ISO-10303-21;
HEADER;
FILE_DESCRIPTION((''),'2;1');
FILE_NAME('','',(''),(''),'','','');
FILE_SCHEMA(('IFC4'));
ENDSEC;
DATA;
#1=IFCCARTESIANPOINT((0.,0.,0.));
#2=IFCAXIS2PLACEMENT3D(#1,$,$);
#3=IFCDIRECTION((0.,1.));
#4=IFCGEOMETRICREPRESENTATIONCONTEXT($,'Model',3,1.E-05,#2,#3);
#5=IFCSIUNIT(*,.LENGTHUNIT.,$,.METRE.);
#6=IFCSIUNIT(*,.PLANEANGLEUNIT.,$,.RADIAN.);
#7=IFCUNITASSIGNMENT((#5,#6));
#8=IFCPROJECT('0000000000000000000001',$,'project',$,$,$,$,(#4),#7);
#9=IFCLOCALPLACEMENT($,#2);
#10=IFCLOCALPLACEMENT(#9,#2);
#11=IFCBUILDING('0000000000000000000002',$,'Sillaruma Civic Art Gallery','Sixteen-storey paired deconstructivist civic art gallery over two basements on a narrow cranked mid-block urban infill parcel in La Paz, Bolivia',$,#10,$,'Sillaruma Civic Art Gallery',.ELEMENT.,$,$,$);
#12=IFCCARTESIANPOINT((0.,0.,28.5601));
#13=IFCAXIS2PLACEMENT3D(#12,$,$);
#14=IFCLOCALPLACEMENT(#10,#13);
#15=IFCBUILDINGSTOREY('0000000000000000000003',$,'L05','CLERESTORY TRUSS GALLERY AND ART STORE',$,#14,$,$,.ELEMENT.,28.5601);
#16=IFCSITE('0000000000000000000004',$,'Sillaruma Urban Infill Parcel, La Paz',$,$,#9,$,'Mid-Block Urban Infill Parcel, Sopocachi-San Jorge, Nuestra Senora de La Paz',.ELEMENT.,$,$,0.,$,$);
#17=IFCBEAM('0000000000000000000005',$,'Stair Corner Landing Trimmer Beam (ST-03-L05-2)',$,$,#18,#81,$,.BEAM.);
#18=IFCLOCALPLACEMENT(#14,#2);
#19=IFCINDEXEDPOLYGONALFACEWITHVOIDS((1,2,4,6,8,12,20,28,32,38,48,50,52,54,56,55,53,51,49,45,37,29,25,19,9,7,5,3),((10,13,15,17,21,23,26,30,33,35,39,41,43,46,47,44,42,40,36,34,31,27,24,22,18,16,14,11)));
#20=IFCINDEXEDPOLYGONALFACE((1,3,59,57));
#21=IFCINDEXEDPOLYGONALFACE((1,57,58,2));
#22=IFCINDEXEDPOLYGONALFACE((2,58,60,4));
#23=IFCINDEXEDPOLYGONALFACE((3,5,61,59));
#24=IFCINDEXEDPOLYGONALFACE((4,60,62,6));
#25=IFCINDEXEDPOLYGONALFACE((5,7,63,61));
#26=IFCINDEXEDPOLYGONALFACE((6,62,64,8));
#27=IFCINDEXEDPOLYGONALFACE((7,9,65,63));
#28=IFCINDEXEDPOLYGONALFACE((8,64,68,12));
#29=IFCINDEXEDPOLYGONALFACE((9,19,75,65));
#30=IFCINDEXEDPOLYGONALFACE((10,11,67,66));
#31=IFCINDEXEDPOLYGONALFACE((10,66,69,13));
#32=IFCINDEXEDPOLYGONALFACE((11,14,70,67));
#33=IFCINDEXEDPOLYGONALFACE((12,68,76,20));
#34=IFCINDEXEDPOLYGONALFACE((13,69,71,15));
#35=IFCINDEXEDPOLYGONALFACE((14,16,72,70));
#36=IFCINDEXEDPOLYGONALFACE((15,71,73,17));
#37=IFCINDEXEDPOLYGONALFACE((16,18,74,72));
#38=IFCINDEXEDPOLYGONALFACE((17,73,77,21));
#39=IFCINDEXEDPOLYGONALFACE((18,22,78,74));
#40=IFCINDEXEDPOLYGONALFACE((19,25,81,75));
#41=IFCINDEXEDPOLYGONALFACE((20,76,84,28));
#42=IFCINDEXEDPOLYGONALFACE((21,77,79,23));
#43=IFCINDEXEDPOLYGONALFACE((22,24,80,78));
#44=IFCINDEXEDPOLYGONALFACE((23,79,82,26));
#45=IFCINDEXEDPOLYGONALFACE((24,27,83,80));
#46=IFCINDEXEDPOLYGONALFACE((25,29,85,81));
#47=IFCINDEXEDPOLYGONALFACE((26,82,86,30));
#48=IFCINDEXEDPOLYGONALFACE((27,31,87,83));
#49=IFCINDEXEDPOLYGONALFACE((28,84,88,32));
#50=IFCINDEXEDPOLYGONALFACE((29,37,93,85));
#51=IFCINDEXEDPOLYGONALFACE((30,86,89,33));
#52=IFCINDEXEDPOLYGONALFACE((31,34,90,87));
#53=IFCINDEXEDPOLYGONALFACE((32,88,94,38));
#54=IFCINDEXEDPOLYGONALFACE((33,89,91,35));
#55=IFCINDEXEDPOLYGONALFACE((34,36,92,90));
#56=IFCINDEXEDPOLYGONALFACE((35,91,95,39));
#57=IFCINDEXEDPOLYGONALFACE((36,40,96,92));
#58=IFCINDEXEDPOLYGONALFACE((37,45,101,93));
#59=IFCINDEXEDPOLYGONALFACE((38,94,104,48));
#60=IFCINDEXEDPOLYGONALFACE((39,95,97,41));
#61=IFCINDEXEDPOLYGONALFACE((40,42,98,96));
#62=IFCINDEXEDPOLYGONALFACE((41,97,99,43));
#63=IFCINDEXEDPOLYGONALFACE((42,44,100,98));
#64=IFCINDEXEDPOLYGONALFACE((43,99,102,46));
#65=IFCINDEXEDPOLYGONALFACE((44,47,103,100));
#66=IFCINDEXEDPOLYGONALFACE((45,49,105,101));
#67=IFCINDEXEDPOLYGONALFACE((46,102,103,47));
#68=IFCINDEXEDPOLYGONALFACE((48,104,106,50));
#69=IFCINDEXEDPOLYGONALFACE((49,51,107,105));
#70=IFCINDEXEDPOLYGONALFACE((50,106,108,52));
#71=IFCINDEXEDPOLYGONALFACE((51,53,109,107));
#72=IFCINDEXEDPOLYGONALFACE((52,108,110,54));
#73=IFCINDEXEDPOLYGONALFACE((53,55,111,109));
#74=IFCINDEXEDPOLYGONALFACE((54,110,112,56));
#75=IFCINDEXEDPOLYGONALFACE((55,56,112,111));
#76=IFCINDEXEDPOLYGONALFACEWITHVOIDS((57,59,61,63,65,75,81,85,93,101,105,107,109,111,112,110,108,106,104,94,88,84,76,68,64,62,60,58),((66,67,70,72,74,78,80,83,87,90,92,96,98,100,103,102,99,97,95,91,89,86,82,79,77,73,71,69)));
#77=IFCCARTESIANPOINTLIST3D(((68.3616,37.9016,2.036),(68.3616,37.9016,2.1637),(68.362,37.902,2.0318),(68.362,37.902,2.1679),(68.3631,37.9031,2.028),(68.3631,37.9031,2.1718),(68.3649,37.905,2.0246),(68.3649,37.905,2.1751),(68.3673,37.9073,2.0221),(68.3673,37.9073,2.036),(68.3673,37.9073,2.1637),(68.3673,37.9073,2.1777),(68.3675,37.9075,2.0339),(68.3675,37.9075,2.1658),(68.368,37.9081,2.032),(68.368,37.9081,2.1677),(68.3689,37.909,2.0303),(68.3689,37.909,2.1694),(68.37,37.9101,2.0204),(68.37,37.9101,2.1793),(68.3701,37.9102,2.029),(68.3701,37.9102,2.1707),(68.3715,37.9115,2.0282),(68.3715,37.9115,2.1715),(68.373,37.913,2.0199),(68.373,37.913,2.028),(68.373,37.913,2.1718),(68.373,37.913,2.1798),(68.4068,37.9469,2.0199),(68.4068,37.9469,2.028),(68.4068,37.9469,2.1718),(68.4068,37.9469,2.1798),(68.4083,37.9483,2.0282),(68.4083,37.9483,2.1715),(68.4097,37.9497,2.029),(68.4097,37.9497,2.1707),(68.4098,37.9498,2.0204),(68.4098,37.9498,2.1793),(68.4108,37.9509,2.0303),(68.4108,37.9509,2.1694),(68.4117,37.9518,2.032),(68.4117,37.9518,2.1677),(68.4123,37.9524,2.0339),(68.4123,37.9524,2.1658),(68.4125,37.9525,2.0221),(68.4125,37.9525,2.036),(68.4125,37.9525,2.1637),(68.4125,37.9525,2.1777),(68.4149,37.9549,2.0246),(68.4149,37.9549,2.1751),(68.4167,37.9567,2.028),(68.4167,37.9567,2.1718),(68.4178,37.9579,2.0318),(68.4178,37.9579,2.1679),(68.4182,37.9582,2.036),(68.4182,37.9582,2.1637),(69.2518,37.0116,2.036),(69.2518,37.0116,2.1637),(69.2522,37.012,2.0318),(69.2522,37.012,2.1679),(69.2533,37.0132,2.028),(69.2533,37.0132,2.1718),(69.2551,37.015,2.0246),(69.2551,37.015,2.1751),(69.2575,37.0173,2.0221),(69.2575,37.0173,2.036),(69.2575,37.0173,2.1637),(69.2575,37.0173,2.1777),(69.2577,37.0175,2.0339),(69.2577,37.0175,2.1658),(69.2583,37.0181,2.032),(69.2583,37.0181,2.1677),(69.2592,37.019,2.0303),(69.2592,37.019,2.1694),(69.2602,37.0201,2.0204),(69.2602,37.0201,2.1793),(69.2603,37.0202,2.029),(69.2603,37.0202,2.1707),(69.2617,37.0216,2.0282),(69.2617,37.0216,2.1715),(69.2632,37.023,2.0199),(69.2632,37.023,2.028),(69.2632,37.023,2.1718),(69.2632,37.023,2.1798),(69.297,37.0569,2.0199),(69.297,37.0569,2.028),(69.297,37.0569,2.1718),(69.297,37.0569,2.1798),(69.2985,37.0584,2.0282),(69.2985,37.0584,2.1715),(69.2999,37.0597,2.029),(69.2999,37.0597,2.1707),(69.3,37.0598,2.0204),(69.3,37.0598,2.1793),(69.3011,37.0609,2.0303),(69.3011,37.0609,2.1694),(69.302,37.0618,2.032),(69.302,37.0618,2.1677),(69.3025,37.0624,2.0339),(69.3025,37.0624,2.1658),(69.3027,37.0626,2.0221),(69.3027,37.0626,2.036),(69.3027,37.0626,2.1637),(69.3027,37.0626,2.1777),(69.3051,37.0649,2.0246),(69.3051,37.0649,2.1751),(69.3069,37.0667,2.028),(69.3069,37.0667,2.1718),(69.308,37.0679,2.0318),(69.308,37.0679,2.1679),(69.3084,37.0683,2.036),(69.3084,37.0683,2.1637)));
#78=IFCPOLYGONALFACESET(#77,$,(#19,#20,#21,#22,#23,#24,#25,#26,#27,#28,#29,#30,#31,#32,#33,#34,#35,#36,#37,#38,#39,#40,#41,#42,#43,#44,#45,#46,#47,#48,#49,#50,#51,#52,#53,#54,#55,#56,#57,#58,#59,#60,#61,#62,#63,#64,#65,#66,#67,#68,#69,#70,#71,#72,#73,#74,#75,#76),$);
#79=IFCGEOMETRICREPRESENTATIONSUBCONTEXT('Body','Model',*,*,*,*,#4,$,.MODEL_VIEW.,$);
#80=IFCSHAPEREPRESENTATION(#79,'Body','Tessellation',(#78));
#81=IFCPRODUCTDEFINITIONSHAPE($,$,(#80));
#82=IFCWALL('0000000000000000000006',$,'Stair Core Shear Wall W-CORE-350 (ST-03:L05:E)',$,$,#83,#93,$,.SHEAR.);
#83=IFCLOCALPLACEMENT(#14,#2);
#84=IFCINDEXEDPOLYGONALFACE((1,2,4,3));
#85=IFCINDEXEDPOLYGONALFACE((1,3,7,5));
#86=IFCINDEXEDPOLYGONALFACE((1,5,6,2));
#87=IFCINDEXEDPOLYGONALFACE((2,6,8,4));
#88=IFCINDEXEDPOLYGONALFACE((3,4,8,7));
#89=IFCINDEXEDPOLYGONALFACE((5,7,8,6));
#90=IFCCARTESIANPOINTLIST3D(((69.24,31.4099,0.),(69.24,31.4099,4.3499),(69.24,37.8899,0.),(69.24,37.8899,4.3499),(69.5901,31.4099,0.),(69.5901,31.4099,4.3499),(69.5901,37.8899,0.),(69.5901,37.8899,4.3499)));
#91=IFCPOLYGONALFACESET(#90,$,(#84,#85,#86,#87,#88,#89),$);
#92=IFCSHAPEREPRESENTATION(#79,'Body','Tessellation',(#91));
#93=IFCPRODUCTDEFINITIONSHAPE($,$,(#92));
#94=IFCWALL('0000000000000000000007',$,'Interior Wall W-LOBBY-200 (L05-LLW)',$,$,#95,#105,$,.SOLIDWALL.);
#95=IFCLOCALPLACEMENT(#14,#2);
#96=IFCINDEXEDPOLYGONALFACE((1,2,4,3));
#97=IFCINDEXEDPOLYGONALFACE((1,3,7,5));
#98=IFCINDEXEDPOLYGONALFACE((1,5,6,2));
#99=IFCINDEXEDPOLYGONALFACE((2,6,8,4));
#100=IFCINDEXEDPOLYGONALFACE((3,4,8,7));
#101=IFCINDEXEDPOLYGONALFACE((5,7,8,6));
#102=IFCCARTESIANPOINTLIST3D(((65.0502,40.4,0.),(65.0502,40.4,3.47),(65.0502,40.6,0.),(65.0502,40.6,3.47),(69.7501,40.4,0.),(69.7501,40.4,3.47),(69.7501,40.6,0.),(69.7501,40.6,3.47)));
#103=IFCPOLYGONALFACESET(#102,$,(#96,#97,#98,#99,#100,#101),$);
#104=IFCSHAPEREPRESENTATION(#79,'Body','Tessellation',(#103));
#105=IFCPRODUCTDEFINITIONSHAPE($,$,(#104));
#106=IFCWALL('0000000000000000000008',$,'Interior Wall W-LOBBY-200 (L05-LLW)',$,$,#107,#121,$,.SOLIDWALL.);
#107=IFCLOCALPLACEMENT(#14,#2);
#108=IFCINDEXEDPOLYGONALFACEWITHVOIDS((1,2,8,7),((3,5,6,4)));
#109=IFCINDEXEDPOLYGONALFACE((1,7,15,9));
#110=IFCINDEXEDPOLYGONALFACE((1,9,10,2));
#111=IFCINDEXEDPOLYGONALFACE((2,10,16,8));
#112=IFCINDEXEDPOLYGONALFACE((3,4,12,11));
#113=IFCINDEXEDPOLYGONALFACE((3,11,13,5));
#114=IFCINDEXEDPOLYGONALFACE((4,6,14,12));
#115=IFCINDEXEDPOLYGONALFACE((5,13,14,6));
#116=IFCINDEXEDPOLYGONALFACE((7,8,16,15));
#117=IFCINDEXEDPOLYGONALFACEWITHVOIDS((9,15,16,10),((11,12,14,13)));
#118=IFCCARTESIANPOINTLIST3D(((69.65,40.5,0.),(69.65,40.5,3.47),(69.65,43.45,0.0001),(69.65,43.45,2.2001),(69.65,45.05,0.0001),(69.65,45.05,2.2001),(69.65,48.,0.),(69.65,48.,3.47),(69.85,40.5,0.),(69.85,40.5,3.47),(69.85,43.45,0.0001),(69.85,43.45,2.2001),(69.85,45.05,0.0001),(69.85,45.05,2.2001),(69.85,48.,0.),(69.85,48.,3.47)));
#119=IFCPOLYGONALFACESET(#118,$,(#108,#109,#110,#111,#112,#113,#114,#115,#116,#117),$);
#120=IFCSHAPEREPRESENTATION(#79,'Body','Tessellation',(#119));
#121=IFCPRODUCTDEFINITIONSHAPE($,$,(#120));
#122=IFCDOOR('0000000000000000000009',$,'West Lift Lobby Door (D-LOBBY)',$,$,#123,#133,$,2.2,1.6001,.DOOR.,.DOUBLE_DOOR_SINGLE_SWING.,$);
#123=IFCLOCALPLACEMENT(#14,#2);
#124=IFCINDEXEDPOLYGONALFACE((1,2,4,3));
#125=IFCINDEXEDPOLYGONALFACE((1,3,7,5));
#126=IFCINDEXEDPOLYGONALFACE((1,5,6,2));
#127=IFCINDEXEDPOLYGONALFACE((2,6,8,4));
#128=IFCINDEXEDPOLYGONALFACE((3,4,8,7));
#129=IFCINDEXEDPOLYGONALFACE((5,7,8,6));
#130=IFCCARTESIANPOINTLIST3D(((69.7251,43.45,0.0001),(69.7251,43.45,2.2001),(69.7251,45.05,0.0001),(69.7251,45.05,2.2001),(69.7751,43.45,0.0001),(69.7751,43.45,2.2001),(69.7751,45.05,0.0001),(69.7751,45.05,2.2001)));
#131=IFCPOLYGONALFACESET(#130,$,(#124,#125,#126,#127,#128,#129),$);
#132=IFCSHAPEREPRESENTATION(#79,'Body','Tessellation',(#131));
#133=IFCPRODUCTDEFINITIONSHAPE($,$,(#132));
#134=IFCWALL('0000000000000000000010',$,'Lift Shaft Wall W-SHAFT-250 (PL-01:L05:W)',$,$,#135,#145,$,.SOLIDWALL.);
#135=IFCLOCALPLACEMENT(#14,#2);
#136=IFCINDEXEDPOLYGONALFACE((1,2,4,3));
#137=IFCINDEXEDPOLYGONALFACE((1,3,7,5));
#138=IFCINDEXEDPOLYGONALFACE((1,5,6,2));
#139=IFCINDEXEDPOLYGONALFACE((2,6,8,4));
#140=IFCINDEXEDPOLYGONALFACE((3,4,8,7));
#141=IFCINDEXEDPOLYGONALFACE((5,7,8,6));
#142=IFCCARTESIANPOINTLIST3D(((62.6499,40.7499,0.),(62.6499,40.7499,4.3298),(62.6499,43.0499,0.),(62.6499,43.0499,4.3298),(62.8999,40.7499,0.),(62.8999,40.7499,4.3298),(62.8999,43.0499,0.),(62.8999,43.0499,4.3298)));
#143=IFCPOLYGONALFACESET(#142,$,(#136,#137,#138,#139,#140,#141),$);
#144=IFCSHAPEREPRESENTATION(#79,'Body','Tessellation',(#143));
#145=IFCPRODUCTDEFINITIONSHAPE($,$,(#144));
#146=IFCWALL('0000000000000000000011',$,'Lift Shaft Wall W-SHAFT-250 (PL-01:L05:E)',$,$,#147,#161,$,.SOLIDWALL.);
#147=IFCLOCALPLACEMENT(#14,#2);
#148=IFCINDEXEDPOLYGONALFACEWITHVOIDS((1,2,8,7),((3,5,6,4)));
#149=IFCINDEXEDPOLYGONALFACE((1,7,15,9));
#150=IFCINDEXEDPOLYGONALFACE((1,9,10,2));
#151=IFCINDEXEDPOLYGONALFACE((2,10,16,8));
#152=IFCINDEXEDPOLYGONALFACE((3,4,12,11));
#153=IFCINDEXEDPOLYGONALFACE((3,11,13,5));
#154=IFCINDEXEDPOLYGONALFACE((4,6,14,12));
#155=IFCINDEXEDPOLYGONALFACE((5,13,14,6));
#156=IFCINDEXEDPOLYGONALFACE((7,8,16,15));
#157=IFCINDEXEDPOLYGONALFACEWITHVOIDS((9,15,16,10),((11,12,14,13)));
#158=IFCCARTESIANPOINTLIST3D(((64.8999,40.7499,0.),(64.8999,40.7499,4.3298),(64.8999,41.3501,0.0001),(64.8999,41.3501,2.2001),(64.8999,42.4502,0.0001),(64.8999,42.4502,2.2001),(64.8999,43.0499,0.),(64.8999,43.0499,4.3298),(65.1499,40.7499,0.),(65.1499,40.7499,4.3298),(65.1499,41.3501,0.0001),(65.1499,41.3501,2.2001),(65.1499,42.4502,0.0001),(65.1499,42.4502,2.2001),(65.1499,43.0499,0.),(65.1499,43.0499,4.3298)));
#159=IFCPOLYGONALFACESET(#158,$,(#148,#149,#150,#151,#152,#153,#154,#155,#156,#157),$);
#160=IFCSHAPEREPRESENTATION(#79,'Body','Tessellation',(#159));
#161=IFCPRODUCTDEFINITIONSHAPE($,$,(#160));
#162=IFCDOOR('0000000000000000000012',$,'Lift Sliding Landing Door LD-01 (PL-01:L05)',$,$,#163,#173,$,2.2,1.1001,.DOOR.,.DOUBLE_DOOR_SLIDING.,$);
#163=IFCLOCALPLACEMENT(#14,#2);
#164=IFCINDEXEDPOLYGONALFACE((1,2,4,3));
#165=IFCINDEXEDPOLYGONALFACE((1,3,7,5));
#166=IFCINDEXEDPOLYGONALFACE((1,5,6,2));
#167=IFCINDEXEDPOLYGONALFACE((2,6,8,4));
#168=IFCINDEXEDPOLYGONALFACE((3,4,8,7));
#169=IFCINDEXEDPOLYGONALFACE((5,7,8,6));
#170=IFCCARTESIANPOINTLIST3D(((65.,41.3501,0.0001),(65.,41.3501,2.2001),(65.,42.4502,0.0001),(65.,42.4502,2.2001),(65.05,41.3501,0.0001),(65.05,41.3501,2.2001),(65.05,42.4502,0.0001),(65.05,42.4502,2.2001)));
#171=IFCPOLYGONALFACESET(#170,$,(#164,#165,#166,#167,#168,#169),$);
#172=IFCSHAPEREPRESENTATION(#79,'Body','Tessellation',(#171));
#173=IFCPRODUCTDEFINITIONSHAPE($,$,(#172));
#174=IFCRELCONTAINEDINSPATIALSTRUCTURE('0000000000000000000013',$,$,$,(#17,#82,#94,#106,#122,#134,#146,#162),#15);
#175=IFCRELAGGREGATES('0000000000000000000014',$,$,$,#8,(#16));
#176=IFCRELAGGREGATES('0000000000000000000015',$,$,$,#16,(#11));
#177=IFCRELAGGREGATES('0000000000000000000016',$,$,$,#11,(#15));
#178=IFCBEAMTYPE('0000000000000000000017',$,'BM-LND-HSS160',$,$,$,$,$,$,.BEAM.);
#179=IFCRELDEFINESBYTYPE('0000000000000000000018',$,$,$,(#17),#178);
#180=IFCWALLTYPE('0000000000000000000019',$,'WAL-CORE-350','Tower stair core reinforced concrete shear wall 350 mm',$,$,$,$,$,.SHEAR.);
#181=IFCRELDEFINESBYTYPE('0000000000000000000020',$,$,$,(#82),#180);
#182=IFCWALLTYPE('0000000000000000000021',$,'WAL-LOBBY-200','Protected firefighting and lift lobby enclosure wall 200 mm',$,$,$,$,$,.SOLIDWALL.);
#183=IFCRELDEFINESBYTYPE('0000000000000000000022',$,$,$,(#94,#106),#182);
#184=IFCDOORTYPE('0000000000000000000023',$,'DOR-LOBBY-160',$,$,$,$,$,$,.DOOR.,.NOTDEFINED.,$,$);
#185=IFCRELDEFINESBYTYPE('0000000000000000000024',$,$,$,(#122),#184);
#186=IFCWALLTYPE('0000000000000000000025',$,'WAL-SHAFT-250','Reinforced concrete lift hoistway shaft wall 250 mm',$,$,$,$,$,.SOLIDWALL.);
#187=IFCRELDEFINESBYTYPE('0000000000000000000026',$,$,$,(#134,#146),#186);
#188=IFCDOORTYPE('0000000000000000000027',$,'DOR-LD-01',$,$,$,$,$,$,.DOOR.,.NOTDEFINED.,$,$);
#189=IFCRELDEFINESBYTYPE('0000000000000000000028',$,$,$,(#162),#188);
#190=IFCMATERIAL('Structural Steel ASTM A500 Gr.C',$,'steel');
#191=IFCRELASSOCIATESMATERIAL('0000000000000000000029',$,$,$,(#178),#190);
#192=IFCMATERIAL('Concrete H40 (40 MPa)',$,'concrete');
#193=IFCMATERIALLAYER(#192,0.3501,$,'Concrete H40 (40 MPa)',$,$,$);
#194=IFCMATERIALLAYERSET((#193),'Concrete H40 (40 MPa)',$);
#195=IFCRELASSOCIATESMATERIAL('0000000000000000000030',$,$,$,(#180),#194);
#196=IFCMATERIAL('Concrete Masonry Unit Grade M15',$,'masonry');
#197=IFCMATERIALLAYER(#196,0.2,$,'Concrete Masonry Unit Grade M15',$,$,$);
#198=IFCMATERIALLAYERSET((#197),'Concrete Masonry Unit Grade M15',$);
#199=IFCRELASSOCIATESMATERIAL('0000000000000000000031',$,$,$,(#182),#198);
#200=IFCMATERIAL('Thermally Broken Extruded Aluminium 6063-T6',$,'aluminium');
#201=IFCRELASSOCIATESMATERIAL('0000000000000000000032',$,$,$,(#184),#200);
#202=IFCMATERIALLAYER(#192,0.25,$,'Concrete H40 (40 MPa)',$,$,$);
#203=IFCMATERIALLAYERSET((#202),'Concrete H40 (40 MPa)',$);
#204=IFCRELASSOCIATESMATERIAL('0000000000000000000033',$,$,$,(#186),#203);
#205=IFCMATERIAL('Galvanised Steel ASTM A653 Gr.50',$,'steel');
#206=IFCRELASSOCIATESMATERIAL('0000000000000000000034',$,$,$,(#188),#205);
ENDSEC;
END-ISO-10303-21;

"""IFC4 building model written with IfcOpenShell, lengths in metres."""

from ifc_helpers import new_model, si_unit, direction, frame, frame_2d, origin, origin_2d, place, context, subcontext, project, spatial, rectangle, hollow_rectangle, extrude, material, layer, layer_set, material_profile, profile_set, type_object, element, fill, save


model = new_model("IFC4")

# Units and contexts
model_context = context("Model", 3, precision=1e-05, world=origin(), true_north=direction((0.0, 1.0)))
body_context = subcontext(model_context, "Body", "Model", "MODEL_VIEW")
ifc_project = project(units=[si_unit("LENGTHUNIT", "METRE"), si_unit("PLANEANGLEUNIT", "RADIAN")], contexts=[model_context])

# Site, building, storey
site_placement = place(None, origin())
site = spatial("IfcSite", under=ifc_project, at=site_placement, Name="Sillaruma Urban Infill Parcel, La Paz", LongName="Mid-Block Urban Infill Parcel, Sopocachi-San Jorge, Nuestra Senora de La Paz", CompositionType="ELEMENT", RefElevation=0.0)
building_placement = place(site_placement, origin())
building = spatial("IfcBuilding", under=site, at=building_placement, Name="Sillaruma Civic Art Gallery", Description="Sixteen-storey paired deconstructivist civic art gallery over two basements on a narrow cranked mid-block urban infill parcel in La Paz, Bolivia", LongName="Sillaruma Civic Art Gallery", CompositionType="ELEMENT")
storey_placement = place(building_placement, frame((0.0, 0.0, 28.5601)))
storey = spatial("IfcBuildingStorey", under=building, at=storey_placement, Name="L05", Description="CLERESTORY TRUSS GALLERY AND ART STORE", CompositionType="ELEMENT", Elevation=28.5601)

# Shared definitions
ifc_material_1 = material(Name="Concrete H40 (40 MPa)", Category="concrete")

# Beam
ifc_material_2 = material(Name="Structural Steel ASTM A500 Gr.C", Category="steel")
ifc_material_profile_1 = material_profile(ifc_material_2, hollow_rectangle(XDim=0.0801, YDim=0.1599, WallThickness=0.0081, InnerFilletRadius=0.0081, OuterFilletRadius=0.0161, at=origin_2d()), Name="HSS160x80x8")
ifc_profile_set_1 = profile_set([ifc_material_profile_1], Name="Structural Steel ASTM A500 Gr.C")
beam_type_1 = type_object("IfcBeamType", Name="BM-LND-HSS160", PredefinedType="BEAM", material=ifc_profile_set_1)
for number, where, z_axis, x_axis, name in (
    (1, (68.3899, 37.9299, 2.0999), (0.707204, -0.70701, 0.0), (0.70701, 0.707204, 0.0), "Stair Corner Landing Trimmer Beam (ST-03-L05-2)"),
):
    element("IfcBeam", number, at=place(storey_placement, frame(where, z_axis=z_axis, x_axis=x_axis)), inside=storey, type_object=beam_type_1, Name=name, PredefinedType="BEAM", context=body_context, shape_type="SweptSolid", body=[
        extrude(hollow_rectangle(XDim=0.0801, YDim=0.1599, WallThickness=0.0081, InnerFilletRadius=0.0081, OuterFilletRadius=0.0161, at=origin_2d()), origin(), (0.0, 0.0, 1.0), 1.2588),
    ])

# Walls
ifc_layer_1 = layer(ifc_material_1, 0.3501, Name="Concrete H40 (40 MPa)")
ifc_layer_set_1 = layer_set([ifc_layer_1], Name="Concrete H40 (40 MPa)")
wall_type_1 = type_object("IfcWallType", Name="WAL-CORE-350", Description="Tower stair core reinforced concrete shear wall 350 mm", PredefinedType="SHEAR", material=ifc_layer_set_1)
wall_1_placement = place(storey_placement, frame((69.415, 31.4099, 0.0), z_axis=(0.0, 0.0, 1.0), x_axis=(0.0, 1.0, 0.0)))
element("IfcWall", 2, at=wall_1_placement, inside=storey, type_object=wall_type_1, Name="Stair Core Shear Wall W-CORE-350 (ST-03:L05:E)", PredefinedType="SHEAR", context=body_context, shape_type="SweptSolid", body=[
    extrude(rectangle(XDim=6.48, YDim=0.3501, at=frame_2d((3.24, 0.0))), origin(), (0.0, 0.0, 1.0), 4.3499),
])
ifc_material_3 = material(Name="Concrete Masonry Unit Grade M15", Category="masonry")
ifc_layer_2 = layer(ifc_material_3, 0.2, Name="Concrete Masonry Unit Grade M15")
ifc_layer_set_2 = layer_set([ifc_layer_2], Name="Concrete Masonry Unit Grade M15")
wall_type_2 = type_object("IfcWallType", Name="WAL-LOBBY-200", Description="Protected firefighting and lift lobby enclosure wall 200 mm", PredefinedType="SOLIDWALL", material=ifc_layer_set_2)
wall_2_placement = place(storey_placement, frame((65.05, 40.5, 0.0), z_axis=(0.0, 0.0, 1.0), x_axis=(1.0, 0.0, 0.0)))
element("IfcWall", 3, at=wall_2_placement, inside=storey, type_object=wall_type_2, Name="Interior Wall W-LOBBY-200 (L05-LLW)", PredefinedType="SOLIDWALL", context=body_context, shape_type="SweptSolid", body=[
    extrude(rectangle(XDim=4.7, YDim=0.2, at=frame_2d((2.3501, 0.0))), origin(), (0.0, 0.0, 1.0), 3.47),
])

# Wall, opening, door
wall_3_placement = place(storey_placement, frame((69.75, 40.5, 0.0), z_axis=(0.0, 0.0, 1.0), x_axis=(0.0, 1.0, 0.0)))
wall_3 = element("IfcWall", 4, at=wall_3_placement, inside=storey, type_object=wall_type_2, Name="Interior Wall W-LOBBY-200 (L05-LLW)", PredefinedType="SOLIDWALL", context=body_context, shape_type="SweptSolid", body=[
    extrude(rectangle(XDim=7.5, YDim=0.2, at=frame_2d((3.75, 0.0))), origin(), (0.0, 0.0, 1.0), 3.47),
])
opening_1_placement = place(wall_3_placement, frame((2.95, 0.0, 0.0)))
opening_1 = element("IfcOpeningElement", 5, at=opening_1_placement, cuts=wall_3, PredefinedType="OPENING", context=body_context, shape_type="SweptSolid", body=[
    extrude(rectangle(XDim=1.6001, YDim=2.2, at=frame_2d((0.8, 1.1001))), frame((0.0, 0.1099, 0.0), z_axis=(0.0, -1.0, 0.0), x_axis=(1.0, 0.0, 0.0)), (0.0, 0.0, 1.0), 0.22),
])
ifc_material_4 = material(Name="Thermally Broken Extruded Aluminium 6063-T6", Category="aluminium")
door_type_1 = type_object("IfcDoorType", Name="DOR-LOBBY-160", OperationType="NOTDEFINED", PredefinedType="DOOR", material=ifc_material_4)
door_1_placement = place(opening_1_placement, origin())
door_1 = element("IfcDoor", 6, at=door_1_placement, inside=storey, type_object=door_type_1, Name="West Lift Lobby Door (D-LOBBY)", OperationType="DOUBLE_DOOR_SINGLE_SWING", OverallHeight=2.2, OverallWidth=1.6001, PredefinedType="DOOR", context=body_context, shape_type="SweptSolid", body=[
    extrude(rectangle(XDim=1.6001, YDim=2.2, at=frame_2d((0.8, 1.1001))), frame((0.0, 0.0249, 0.0), z_axis=(0.0, -1.0, 0.0), x_axis=(1.0, 0.0, 0.0)), (0.0, 0.0, 1.0), 0.05),
])
fill(opening_1, door_1)

# Wall
ifc_layer_3 = layer(ifc_material_1, 0.25, Name="Concrete H40 (40 MPa)")
ifc_layer_set_3 = layer_set([ifc_layer_3], Name="Concrete H40 (40 MPa)")
wall_type_3 = type_object("IfcWallType", Name="WAL-SHAFT-250", Description="Reinforced concrete lift hoistway shaft wall 250 mm", PredefinedType="SOLIDWALL", material=ifc_layer_set_3)
wall_4_placement = place(storey_placement, frame((62.7749, 40.75, 0.0), z_axis=(0.0, 0.0, 1.0), x_axis=(0.0, 1.0, 0.0)))
element("IfcWall", 7, at=wall_4_placement, inside=storey, type_object=wall_type_3, Name="Lift Shaft Wall W-SHAFT-250 (PL-01:L05:W)", PredefinedType="SOLIDWALL", context=body_context, shape_type="SweptSolid", body=[
    extrude(rectangle(XDim=2.3, YDim=0.25, at=frame_2d((1.1499, 0.0))), origin(), (0.0, 0.0, 1.0), 4.3298),
])

# Wall, opening, door
wall_5_placement = place(storey_placement, frame((65.0249, 40.75, 0.0), z_axis=(0.0, 0.0, 1.0), x_axis=(0.0, 1.0, 0.0)))
wall_5 = element("IfcWall", 8, at=wall_5_placement, inside=storey, type_object=wall_type_3, Name="Lift Shaft Wall W-SHAFT-250 (PL-01:L05:E)", PredefinedType="SOLIDWALL", context=body_context, shape_type="SweptSolid", body=[
    extrude(rectangle(XDim=2.3, YDim=0.25, at=frame_2d((1.1499, 0.0))), origin(), (0.0, 0.0, 1.0), 4.3298),
])
opening_2_placement = place(wall_5_placement, frame((0.6001, 0.0, 0.0)))
opening_2 = element("IfcOpeningElement", 9, at=opening_2_placement, cuts=wall_5, PredefinedType="OPENING", context=body_context, shape_type="SweptSolid", body=[
    extrude(rectangle(XDim=1.1001, YDim=2.2, at=frame_2d((0.55, 1.1001))), frame((0.0, 0.135, 0.0), z_axis=(0.0, -1.0, 0.0), x_axis=(1.0, 0.0, 0.0)), (0.0, 0.0, 1.0), 0.27),
])
ifc_material_5 = material(Name="Galvanised Steel ASTM A653 Gr.50", Category="steel")
door_type_2 = type_object("IfcDoorType", Name="DOR-LD-01", OperationType="NOTDEFINED", PredefinedType="DOOR", material=ifc_material_5)
door_2_placement = place(opening_2_placement, origin())
door_2 = element("IfcDoor", 10, at=door_2_placement, inside=storey, type_object=door_type_2, Name="Lift Sliding Landing Door LD-01 (PL-01:L05)", OperationType="DOUBLE_DOOR_SLIDING", OverallHeight=2.2, OverallWidth=1.1001, PredefinedType="DOOR", context=body_context, shape_type="SweptSolid", body=[
    extrude(rectangle(XDim=1.1001, YDim=2.2, at=frame_2d((0.55, 1.1001))), frame((0.0, 0.0249, 0.0), z_axis=(0.0, -1.0, 0.0), x_axis=(1.0, 0.0, 0.0)), (0.0, 0.0, 1.0), 0.05),
])
fill(opening_2, door_2)

save(model, "model.ifc")
